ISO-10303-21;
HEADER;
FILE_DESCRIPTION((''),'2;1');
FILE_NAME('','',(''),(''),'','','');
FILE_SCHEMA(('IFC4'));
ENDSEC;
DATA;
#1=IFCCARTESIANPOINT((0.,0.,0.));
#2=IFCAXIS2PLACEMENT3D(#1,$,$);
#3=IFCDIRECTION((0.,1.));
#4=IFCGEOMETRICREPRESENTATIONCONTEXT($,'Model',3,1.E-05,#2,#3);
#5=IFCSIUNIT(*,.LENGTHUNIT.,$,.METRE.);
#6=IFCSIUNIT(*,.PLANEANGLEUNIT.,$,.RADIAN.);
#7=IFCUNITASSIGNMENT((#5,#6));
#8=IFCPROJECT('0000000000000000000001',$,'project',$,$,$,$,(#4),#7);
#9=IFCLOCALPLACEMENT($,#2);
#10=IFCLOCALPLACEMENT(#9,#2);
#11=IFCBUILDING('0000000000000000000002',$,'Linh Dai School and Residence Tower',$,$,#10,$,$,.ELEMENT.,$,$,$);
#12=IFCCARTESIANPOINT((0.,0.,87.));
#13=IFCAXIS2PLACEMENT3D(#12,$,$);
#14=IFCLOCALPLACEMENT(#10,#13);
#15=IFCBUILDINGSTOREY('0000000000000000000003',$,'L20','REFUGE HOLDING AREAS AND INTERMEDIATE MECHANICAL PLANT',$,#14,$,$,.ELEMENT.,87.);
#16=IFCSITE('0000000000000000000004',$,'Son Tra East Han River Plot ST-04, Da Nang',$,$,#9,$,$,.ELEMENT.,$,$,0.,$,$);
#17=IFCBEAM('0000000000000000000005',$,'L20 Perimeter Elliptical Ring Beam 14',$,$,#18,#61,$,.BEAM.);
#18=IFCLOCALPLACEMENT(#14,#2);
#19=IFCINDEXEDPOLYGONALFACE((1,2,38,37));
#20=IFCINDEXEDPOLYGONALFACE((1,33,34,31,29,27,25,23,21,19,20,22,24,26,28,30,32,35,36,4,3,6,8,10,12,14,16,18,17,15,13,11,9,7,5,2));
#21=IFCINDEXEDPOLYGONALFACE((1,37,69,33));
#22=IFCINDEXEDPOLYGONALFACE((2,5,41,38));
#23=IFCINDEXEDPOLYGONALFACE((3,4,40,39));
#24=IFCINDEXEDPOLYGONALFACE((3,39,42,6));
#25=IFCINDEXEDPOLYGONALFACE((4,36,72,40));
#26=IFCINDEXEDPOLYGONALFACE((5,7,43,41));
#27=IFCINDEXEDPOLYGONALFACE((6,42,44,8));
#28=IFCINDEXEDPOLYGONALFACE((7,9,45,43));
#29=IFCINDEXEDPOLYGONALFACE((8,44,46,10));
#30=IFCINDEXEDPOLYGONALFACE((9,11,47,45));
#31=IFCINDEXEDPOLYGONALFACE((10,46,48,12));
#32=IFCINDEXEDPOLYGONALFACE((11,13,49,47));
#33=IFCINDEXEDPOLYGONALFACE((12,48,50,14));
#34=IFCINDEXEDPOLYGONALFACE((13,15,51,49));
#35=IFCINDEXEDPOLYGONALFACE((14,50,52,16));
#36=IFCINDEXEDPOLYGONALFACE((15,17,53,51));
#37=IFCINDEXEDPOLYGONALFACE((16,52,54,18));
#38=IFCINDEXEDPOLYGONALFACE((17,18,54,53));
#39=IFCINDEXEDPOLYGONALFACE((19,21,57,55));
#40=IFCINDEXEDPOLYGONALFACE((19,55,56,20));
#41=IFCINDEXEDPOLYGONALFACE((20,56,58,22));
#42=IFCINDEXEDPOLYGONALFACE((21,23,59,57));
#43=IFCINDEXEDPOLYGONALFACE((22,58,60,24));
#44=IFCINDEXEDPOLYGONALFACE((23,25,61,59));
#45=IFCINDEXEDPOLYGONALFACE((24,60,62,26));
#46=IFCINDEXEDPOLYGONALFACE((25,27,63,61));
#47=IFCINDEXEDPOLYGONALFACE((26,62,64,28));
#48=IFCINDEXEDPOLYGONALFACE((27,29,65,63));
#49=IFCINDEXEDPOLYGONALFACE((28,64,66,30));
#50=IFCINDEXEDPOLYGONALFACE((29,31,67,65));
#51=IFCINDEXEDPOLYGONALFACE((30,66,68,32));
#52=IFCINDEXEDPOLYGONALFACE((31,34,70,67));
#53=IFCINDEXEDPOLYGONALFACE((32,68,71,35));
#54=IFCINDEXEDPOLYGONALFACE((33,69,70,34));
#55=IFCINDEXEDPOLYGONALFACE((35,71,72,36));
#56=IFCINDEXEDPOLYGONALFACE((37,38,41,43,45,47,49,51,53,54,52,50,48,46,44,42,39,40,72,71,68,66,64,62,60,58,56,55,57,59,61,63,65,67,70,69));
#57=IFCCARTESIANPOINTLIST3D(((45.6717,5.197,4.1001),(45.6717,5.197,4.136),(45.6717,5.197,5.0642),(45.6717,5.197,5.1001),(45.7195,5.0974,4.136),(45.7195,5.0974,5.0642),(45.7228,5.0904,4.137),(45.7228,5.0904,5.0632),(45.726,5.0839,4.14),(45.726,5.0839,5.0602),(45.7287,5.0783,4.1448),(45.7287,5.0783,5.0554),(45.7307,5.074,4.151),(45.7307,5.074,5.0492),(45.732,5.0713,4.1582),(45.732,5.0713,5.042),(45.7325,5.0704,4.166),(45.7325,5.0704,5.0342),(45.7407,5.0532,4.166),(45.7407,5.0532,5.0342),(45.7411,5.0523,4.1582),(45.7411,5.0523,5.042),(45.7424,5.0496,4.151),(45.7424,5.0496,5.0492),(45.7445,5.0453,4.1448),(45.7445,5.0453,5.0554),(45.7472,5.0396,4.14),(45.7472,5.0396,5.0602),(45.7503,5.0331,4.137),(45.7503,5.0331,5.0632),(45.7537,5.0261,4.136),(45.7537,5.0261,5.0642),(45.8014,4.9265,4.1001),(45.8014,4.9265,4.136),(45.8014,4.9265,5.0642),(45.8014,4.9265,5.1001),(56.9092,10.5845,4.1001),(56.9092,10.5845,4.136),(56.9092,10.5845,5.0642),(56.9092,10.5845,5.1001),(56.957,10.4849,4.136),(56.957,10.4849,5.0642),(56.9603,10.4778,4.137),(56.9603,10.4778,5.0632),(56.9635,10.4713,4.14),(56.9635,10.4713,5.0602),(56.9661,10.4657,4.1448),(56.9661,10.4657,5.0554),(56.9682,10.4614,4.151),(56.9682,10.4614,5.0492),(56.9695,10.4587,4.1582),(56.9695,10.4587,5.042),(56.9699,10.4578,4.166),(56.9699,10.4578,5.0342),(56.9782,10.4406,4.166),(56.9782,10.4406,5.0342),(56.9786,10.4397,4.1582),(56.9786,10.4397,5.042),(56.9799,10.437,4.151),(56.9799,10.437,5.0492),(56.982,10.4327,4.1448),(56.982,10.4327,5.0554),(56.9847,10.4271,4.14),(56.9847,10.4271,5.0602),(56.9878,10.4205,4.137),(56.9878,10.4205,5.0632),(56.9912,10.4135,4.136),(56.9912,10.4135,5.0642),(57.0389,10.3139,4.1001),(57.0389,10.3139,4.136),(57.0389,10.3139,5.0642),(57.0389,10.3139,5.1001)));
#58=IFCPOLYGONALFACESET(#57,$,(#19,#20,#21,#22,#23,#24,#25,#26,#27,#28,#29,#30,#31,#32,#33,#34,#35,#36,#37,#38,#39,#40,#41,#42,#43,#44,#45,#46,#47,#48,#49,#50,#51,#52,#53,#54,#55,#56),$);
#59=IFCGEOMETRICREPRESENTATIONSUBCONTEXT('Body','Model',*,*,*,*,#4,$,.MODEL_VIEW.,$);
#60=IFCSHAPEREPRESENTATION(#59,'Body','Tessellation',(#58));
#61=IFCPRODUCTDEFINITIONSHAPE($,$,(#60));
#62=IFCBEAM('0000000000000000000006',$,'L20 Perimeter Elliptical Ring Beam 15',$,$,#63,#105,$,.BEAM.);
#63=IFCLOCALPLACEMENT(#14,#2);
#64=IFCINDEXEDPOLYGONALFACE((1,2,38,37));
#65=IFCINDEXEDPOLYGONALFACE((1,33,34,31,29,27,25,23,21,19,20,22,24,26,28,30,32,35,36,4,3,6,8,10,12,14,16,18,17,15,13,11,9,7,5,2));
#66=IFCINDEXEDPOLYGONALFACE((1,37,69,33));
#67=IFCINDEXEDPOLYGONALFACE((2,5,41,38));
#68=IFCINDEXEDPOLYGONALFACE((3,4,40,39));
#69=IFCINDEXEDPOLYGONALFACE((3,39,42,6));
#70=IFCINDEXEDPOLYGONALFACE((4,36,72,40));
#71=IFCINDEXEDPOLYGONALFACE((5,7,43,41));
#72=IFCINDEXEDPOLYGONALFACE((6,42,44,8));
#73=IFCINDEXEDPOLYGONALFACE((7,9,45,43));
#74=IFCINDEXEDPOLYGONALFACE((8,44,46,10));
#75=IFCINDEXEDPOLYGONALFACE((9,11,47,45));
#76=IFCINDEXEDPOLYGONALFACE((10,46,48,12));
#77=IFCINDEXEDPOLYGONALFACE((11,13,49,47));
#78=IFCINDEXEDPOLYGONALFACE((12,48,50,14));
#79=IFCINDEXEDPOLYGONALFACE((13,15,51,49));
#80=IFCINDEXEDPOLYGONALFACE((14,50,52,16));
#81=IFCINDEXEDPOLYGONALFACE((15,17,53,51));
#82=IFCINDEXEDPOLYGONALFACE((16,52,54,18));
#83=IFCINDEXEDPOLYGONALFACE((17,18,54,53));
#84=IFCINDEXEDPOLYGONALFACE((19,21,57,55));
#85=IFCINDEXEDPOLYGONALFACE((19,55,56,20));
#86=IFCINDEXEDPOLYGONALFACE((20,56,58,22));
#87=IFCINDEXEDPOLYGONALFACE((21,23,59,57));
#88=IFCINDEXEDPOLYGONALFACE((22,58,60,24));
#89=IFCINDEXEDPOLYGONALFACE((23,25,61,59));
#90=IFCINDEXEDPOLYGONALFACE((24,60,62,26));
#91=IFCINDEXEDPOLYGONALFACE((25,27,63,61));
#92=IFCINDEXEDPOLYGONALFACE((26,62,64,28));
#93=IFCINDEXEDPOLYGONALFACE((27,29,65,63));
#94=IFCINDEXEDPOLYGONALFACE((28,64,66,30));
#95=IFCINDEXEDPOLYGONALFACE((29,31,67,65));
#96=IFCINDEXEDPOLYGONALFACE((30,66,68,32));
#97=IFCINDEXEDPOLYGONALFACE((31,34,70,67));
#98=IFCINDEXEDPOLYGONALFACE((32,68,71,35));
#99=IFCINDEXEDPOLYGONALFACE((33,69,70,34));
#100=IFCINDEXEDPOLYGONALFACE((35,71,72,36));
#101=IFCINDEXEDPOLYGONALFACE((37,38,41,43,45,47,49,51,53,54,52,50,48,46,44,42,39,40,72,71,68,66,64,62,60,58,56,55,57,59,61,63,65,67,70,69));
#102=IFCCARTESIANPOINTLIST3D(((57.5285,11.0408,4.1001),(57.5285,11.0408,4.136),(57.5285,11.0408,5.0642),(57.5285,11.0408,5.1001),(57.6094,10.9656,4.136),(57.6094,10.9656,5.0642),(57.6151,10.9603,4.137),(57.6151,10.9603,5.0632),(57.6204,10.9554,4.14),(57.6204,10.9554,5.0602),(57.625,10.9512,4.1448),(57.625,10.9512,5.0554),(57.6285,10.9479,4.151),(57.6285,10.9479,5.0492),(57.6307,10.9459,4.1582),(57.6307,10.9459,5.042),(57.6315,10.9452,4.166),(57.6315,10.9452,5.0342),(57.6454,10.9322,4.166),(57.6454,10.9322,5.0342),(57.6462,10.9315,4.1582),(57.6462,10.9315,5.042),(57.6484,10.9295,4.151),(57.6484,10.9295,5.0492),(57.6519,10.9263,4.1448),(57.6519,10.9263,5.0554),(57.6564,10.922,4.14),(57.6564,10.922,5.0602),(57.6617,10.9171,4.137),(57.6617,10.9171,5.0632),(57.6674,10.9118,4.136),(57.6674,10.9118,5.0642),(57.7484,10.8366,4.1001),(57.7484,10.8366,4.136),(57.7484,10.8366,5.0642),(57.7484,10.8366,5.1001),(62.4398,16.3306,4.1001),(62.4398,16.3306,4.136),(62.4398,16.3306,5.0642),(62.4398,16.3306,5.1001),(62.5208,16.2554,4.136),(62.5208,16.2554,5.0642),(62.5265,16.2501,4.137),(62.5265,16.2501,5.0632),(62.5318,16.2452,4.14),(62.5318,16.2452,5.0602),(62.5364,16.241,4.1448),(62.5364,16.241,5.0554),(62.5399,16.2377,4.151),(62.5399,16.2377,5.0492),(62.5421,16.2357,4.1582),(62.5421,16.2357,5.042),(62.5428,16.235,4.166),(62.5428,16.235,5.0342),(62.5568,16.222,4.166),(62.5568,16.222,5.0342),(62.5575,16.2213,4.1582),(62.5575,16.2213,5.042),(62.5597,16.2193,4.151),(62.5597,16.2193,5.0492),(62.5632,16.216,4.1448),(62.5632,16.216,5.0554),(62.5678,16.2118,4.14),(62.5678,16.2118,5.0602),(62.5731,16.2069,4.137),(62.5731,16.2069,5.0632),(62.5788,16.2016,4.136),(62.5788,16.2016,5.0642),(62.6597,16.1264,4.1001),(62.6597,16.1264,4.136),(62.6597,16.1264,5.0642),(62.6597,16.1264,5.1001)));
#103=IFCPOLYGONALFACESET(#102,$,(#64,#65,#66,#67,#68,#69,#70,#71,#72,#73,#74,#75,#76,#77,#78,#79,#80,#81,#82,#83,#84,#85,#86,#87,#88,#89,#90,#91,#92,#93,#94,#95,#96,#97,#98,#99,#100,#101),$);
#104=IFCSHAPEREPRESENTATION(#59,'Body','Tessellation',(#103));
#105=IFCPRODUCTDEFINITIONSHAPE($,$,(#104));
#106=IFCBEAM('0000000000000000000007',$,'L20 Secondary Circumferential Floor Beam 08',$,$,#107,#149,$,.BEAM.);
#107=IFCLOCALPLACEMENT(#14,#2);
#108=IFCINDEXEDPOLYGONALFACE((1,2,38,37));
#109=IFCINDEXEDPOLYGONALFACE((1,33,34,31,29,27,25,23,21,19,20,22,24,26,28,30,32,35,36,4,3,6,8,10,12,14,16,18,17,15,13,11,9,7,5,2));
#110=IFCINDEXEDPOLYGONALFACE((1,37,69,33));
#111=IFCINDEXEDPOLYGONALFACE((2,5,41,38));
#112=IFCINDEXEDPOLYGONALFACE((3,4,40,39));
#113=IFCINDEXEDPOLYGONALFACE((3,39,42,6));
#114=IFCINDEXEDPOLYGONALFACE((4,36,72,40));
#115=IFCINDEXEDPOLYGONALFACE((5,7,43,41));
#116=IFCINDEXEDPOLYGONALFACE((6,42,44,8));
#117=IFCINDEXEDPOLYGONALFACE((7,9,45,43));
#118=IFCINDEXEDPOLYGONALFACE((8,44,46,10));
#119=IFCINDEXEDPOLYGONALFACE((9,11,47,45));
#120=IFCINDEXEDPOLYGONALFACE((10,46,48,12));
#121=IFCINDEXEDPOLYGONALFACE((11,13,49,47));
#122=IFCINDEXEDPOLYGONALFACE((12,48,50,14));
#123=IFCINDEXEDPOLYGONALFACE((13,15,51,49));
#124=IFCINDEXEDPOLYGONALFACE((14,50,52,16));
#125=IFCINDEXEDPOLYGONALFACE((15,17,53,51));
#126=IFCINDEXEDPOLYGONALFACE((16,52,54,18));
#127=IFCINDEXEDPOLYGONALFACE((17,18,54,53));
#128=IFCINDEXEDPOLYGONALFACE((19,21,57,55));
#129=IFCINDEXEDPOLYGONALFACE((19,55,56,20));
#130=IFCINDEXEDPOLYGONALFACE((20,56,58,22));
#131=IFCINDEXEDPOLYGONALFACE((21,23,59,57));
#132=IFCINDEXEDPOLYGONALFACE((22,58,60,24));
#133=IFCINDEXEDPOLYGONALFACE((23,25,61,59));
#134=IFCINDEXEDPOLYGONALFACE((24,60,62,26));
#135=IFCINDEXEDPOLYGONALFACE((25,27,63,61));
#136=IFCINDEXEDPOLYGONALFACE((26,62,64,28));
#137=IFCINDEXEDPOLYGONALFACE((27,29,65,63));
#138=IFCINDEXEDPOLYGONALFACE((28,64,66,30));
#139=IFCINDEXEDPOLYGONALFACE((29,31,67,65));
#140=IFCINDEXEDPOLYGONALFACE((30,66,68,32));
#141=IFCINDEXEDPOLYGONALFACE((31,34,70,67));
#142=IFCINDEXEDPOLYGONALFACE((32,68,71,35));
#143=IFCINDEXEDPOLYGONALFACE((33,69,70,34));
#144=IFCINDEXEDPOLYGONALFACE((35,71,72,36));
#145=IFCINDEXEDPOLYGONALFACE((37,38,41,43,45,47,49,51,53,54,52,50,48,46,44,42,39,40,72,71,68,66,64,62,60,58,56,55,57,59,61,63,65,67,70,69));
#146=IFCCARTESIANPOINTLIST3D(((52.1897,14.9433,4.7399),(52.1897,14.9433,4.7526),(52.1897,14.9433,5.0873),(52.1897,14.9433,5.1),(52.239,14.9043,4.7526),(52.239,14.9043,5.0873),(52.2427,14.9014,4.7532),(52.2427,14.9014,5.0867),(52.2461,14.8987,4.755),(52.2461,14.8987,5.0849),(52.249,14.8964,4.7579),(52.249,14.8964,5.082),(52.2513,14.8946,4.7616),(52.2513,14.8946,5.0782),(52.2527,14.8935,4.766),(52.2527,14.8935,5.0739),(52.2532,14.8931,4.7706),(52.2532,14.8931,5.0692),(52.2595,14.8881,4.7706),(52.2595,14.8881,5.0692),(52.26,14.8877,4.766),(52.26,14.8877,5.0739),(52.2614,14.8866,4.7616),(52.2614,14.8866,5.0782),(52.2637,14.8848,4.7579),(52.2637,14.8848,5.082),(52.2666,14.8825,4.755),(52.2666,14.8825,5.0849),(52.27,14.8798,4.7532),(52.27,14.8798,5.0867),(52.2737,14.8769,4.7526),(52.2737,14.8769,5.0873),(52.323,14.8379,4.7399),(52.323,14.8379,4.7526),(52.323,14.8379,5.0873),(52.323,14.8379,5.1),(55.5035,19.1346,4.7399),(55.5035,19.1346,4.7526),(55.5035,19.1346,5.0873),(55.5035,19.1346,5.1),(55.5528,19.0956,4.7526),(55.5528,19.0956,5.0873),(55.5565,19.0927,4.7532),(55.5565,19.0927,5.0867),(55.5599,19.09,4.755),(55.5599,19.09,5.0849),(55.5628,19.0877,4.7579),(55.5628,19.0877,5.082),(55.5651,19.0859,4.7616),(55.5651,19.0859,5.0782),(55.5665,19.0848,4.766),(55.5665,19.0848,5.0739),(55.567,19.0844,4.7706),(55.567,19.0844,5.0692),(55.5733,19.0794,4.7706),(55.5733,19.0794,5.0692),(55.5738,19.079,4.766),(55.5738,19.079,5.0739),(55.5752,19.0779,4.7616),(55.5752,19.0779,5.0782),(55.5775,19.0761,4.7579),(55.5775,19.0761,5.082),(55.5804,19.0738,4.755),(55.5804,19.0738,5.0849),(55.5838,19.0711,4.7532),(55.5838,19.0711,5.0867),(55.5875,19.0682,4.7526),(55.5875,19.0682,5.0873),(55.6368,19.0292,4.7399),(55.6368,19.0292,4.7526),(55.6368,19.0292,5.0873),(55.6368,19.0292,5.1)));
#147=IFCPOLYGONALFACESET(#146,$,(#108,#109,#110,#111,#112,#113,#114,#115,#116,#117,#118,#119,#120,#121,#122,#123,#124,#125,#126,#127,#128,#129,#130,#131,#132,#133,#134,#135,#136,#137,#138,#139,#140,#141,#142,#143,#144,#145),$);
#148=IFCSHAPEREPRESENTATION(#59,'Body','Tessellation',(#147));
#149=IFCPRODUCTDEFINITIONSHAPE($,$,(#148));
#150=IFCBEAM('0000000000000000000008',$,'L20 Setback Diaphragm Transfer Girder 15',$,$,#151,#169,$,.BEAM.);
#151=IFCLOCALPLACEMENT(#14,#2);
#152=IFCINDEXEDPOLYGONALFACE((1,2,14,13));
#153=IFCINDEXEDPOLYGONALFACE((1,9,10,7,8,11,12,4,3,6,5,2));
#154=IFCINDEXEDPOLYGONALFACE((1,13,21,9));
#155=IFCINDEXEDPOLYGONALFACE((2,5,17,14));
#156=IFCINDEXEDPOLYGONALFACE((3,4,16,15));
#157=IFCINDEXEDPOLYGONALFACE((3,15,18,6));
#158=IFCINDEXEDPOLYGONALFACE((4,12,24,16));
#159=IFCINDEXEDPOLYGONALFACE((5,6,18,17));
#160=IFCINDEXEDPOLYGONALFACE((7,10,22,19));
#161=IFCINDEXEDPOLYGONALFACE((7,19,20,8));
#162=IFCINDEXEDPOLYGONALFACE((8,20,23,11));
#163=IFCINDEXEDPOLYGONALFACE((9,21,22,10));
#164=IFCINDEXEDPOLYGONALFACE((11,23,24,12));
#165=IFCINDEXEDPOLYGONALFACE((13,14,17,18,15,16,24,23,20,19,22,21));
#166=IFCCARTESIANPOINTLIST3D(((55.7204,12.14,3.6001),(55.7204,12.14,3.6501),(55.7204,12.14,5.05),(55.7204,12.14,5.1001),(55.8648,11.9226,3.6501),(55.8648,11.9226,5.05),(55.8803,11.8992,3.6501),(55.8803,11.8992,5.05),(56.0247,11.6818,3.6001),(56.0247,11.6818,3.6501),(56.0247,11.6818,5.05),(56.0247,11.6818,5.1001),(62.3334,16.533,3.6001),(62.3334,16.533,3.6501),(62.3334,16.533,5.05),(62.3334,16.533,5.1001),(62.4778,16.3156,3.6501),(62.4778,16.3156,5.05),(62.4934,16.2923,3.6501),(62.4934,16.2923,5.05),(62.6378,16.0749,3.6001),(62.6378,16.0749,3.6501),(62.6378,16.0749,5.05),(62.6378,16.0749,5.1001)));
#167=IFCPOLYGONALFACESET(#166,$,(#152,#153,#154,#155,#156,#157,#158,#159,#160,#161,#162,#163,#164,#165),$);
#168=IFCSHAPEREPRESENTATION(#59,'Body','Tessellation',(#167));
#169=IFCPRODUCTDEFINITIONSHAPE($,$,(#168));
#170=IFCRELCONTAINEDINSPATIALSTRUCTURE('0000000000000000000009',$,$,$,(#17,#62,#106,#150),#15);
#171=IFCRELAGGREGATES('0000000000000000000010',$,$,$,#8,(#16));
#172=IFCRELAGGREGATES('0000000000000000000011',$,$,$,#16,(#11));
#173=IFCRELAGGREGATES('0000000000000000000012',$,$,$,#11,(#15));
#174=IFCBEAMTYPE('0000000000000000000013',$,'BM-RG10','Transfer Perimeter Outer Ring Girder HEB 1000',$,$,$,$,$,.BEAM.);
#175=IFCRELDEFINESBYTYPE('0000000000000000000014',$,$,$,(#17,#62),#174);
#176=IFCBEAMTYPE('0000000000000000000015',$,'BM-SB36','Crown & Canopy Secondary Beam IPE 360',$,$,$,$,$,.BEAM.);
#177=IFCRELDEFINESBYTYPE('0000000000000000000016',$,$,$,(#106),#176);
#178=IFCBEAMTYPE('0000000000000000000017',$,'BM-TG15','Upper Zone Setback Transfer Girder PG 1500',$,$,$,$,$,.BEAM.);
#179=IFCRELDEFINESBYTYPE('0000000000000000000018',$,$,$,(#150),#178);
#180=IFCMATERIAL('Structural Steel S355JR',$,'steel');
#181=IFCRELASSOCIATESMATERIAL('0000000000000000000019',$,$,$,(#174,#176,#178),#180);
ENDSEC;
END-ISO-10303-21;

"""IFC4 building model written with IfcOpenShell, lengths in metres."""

from ifc_helpers import new_model, si_unit, direction, frame, origin, origin_2d, place, context, subcontext, project, spatial, i_section, extrude, material, material_profile, profile_set, type_object, element, save


model = new_model("IFC4")

# Units and contexts
model_context = context("Model", 3, precision=1e-05, world=origin(), true_north=direction((0.0, 1.0)))
body_context = subcontext(model_context, "Body", "Model", "MODEL_VIEW")
ifc_project = project(units=[si_unit("LENGTHUNIT", "METRE"), si_unit("PLANEANGLEUNIT", "RADIAN")], contexts=[model_context])

# Site, building, storey
site_placement = place(None, origin())
site = spatial("IfcSite", under=ifc_project, at=site_placement, Name="Son Tra East Han River Plot ST-04, Da Nang", CompositionType="ELEMENT", RefElevation=0.0)
building_placement = place(site_placement, origin())
building = spatial("IfcBuilding", under=site, at=building_placement, Name="Linh Dai School and Residence Tower", CompositionType="ELEMENT")
storey_placement = place(building_placement, frame((0.0, 0.0, 87.0)))
storey = spatial("IfcBuildingStorey", under=building, at=storey_placement, Name="L20", Description="REFUGE HOLDING AREAS AND INTERMEDIATE MECHANICAL PLANT", CompositionType="ELEMENT", Elevation=87.0)

# Shared definitions
ifc_material_1 = material(Name="Structural Steel S355JR", Category="steel")

# Beams
ifc_material_profile_1 = material_profile(ifc_material_1, i_section(OverallWidth=0.3, OverallDepth=1.0, WebThickness=0.019, FlangeThickness=0.0359, FilletRadius=0.03, at=origin_2d()), Name="HEB 1000")
ifc_profile_set_1 = profile_set([ifc_material_profile_1], Name="Structural Steel S355JR")
beam_type_1 = type_object("IfcBeamType", Name="BM-RG10", Description="Transfer Perimeter Outer Ring Girder HEB 1000", PredefinedType="BEAM", material=ifc_profile_set_1)
beam_1_placement = place(storey_placement, frame((45.7366, 5.0618, 4.6001), z_axis=(0.901729, 0.432302, 0.0), x_axis=(-0.432302, 0.901729, 0.0)))
element("IfcBeam", 1, at=beam_1_placement, inside=storey, type_object=beam_type_1, Name="L20 Perimeter Elliptical Ring Beam 14", PredefinedType="BEAM", context=body_context, shape_type="SweptSolid", body=[
    extrude(i_section(OverallWidth=0.3, OverallDepth=1.0, WebThickness=0.019, FlangeThickness=0.0359, FilletRadius=0.03, at=origin_2d()), origin(), (0.0, 0.0, 1.0), 12.4622),
])
beam_2_placement = place(storey_placement, frame((57.6384, 10.9387, 4.6001), z_axis=(0.680408, 0.732833, 0.0), x_axis=(-0.732833, 0.680408, 0.0)))
element("IfcBeam", 2, at=beam_2_placement, inside=storey, type_object=beam_type_1, Name="L20 Perimeter Elliptical Ring Beam 15", PredefinedType="BEAM", context=body_context, shape_type="SweptSolid", body=[
    extrude(i_section(OverallWidth=0.3, OverallDepth=1.0, WebThickness=0.019, FlangeThickness=0.0359, FilletRadius=0.03, at=origin_2d()), origin(), (0.0, 0.0, 1.0), 7.2183),
])
ifc_material_profile_2 = material_profile(ifc_material_1, i_section(OverallWidth=0.1699, OverallDepth=0.3601, WebThickness=0.0081, FlangeThickness=0.0127, FilletRadius=0.0181, at=origin_2d()), Name="IPE 360")
ifc_profile_set_2 = profile_set([ifc_material_profile_2], Name="Structural Steel S355JR")
beam_type_2 = type_object("IfcBeamType", Name="BM-SB36", Description="Crown & Canopy Secondary Beam IPE 360", PredefinedType="BEAM", material=ifc_profile_set_2)
beam_3_placement = place(storey_placement, frame((52.2563, 14.8906, 4.9199), z_axis=(0.62021, 0.784436, 0.0), x_axis=(-0.784436, 0.62021, 0.0)))
element("IfcBeam", 3, at=beam_3_placement, inside=storey, type_object=beam_type_2, Name="L20 Secondary Circumferential Floor Beam 08", PredefinedType="BEAM", context=body_context, shape_type="SweptSolid", body=[
    extrude(i_section(OverallWidth=0.1699, OverallDepth=0.3601, WebThickness=0.0081, FlangeThickness=0.0127, FilletRadius=0.0181, at=origin_2d()), origin(), (0.0, 0.0, 1.0), 5.343),
])
ifc_material_profile_3 = material_profile(ifc_material_1, i_section(OverallWidth=0.55, OverallDepth=1.5, WebThickness=0.0281, FlangeThickness=0.05, at=origin_2d()), Name="PG 1500x550x28x50")
ifc_profile_set_3 = profile_set([ifc_material_profile_3], Name="Structural Steel S355JR")
beam_type_3 = type_object("IfcBeamType", Name="BM-TG15", Description="Upper Zone Setback Transfer Girder PG 1500", PredefinedType="BEAM", material=ifc_profile_set_3)
beam_4_placement = place(storey_placement, frame((55.8726, 11.9109, 4.3501), z_axis=(0.832958, 0.553337, 0.0), x_axis=(-0.553337, 0.832958, 0.0)))
element("IfcBeam", 4, at=beam_4_placement, inside=storey, type_object=beam_type_3, Name="L20 Setback Diaphragm Transfer Girder 15", PredefinedType="BEAM", context=body_context, shape_type="SweptSolid", body=[
    extrude(i_section(OverallWidth=0.55, OverallDepth=1.5, WebThickness=0.0281, FlangeThickness=0.05, at=origin_2d()), origin(), (0.0, 0.0, 1.0), 7.9392),
])

save(model, "model.ifc")
